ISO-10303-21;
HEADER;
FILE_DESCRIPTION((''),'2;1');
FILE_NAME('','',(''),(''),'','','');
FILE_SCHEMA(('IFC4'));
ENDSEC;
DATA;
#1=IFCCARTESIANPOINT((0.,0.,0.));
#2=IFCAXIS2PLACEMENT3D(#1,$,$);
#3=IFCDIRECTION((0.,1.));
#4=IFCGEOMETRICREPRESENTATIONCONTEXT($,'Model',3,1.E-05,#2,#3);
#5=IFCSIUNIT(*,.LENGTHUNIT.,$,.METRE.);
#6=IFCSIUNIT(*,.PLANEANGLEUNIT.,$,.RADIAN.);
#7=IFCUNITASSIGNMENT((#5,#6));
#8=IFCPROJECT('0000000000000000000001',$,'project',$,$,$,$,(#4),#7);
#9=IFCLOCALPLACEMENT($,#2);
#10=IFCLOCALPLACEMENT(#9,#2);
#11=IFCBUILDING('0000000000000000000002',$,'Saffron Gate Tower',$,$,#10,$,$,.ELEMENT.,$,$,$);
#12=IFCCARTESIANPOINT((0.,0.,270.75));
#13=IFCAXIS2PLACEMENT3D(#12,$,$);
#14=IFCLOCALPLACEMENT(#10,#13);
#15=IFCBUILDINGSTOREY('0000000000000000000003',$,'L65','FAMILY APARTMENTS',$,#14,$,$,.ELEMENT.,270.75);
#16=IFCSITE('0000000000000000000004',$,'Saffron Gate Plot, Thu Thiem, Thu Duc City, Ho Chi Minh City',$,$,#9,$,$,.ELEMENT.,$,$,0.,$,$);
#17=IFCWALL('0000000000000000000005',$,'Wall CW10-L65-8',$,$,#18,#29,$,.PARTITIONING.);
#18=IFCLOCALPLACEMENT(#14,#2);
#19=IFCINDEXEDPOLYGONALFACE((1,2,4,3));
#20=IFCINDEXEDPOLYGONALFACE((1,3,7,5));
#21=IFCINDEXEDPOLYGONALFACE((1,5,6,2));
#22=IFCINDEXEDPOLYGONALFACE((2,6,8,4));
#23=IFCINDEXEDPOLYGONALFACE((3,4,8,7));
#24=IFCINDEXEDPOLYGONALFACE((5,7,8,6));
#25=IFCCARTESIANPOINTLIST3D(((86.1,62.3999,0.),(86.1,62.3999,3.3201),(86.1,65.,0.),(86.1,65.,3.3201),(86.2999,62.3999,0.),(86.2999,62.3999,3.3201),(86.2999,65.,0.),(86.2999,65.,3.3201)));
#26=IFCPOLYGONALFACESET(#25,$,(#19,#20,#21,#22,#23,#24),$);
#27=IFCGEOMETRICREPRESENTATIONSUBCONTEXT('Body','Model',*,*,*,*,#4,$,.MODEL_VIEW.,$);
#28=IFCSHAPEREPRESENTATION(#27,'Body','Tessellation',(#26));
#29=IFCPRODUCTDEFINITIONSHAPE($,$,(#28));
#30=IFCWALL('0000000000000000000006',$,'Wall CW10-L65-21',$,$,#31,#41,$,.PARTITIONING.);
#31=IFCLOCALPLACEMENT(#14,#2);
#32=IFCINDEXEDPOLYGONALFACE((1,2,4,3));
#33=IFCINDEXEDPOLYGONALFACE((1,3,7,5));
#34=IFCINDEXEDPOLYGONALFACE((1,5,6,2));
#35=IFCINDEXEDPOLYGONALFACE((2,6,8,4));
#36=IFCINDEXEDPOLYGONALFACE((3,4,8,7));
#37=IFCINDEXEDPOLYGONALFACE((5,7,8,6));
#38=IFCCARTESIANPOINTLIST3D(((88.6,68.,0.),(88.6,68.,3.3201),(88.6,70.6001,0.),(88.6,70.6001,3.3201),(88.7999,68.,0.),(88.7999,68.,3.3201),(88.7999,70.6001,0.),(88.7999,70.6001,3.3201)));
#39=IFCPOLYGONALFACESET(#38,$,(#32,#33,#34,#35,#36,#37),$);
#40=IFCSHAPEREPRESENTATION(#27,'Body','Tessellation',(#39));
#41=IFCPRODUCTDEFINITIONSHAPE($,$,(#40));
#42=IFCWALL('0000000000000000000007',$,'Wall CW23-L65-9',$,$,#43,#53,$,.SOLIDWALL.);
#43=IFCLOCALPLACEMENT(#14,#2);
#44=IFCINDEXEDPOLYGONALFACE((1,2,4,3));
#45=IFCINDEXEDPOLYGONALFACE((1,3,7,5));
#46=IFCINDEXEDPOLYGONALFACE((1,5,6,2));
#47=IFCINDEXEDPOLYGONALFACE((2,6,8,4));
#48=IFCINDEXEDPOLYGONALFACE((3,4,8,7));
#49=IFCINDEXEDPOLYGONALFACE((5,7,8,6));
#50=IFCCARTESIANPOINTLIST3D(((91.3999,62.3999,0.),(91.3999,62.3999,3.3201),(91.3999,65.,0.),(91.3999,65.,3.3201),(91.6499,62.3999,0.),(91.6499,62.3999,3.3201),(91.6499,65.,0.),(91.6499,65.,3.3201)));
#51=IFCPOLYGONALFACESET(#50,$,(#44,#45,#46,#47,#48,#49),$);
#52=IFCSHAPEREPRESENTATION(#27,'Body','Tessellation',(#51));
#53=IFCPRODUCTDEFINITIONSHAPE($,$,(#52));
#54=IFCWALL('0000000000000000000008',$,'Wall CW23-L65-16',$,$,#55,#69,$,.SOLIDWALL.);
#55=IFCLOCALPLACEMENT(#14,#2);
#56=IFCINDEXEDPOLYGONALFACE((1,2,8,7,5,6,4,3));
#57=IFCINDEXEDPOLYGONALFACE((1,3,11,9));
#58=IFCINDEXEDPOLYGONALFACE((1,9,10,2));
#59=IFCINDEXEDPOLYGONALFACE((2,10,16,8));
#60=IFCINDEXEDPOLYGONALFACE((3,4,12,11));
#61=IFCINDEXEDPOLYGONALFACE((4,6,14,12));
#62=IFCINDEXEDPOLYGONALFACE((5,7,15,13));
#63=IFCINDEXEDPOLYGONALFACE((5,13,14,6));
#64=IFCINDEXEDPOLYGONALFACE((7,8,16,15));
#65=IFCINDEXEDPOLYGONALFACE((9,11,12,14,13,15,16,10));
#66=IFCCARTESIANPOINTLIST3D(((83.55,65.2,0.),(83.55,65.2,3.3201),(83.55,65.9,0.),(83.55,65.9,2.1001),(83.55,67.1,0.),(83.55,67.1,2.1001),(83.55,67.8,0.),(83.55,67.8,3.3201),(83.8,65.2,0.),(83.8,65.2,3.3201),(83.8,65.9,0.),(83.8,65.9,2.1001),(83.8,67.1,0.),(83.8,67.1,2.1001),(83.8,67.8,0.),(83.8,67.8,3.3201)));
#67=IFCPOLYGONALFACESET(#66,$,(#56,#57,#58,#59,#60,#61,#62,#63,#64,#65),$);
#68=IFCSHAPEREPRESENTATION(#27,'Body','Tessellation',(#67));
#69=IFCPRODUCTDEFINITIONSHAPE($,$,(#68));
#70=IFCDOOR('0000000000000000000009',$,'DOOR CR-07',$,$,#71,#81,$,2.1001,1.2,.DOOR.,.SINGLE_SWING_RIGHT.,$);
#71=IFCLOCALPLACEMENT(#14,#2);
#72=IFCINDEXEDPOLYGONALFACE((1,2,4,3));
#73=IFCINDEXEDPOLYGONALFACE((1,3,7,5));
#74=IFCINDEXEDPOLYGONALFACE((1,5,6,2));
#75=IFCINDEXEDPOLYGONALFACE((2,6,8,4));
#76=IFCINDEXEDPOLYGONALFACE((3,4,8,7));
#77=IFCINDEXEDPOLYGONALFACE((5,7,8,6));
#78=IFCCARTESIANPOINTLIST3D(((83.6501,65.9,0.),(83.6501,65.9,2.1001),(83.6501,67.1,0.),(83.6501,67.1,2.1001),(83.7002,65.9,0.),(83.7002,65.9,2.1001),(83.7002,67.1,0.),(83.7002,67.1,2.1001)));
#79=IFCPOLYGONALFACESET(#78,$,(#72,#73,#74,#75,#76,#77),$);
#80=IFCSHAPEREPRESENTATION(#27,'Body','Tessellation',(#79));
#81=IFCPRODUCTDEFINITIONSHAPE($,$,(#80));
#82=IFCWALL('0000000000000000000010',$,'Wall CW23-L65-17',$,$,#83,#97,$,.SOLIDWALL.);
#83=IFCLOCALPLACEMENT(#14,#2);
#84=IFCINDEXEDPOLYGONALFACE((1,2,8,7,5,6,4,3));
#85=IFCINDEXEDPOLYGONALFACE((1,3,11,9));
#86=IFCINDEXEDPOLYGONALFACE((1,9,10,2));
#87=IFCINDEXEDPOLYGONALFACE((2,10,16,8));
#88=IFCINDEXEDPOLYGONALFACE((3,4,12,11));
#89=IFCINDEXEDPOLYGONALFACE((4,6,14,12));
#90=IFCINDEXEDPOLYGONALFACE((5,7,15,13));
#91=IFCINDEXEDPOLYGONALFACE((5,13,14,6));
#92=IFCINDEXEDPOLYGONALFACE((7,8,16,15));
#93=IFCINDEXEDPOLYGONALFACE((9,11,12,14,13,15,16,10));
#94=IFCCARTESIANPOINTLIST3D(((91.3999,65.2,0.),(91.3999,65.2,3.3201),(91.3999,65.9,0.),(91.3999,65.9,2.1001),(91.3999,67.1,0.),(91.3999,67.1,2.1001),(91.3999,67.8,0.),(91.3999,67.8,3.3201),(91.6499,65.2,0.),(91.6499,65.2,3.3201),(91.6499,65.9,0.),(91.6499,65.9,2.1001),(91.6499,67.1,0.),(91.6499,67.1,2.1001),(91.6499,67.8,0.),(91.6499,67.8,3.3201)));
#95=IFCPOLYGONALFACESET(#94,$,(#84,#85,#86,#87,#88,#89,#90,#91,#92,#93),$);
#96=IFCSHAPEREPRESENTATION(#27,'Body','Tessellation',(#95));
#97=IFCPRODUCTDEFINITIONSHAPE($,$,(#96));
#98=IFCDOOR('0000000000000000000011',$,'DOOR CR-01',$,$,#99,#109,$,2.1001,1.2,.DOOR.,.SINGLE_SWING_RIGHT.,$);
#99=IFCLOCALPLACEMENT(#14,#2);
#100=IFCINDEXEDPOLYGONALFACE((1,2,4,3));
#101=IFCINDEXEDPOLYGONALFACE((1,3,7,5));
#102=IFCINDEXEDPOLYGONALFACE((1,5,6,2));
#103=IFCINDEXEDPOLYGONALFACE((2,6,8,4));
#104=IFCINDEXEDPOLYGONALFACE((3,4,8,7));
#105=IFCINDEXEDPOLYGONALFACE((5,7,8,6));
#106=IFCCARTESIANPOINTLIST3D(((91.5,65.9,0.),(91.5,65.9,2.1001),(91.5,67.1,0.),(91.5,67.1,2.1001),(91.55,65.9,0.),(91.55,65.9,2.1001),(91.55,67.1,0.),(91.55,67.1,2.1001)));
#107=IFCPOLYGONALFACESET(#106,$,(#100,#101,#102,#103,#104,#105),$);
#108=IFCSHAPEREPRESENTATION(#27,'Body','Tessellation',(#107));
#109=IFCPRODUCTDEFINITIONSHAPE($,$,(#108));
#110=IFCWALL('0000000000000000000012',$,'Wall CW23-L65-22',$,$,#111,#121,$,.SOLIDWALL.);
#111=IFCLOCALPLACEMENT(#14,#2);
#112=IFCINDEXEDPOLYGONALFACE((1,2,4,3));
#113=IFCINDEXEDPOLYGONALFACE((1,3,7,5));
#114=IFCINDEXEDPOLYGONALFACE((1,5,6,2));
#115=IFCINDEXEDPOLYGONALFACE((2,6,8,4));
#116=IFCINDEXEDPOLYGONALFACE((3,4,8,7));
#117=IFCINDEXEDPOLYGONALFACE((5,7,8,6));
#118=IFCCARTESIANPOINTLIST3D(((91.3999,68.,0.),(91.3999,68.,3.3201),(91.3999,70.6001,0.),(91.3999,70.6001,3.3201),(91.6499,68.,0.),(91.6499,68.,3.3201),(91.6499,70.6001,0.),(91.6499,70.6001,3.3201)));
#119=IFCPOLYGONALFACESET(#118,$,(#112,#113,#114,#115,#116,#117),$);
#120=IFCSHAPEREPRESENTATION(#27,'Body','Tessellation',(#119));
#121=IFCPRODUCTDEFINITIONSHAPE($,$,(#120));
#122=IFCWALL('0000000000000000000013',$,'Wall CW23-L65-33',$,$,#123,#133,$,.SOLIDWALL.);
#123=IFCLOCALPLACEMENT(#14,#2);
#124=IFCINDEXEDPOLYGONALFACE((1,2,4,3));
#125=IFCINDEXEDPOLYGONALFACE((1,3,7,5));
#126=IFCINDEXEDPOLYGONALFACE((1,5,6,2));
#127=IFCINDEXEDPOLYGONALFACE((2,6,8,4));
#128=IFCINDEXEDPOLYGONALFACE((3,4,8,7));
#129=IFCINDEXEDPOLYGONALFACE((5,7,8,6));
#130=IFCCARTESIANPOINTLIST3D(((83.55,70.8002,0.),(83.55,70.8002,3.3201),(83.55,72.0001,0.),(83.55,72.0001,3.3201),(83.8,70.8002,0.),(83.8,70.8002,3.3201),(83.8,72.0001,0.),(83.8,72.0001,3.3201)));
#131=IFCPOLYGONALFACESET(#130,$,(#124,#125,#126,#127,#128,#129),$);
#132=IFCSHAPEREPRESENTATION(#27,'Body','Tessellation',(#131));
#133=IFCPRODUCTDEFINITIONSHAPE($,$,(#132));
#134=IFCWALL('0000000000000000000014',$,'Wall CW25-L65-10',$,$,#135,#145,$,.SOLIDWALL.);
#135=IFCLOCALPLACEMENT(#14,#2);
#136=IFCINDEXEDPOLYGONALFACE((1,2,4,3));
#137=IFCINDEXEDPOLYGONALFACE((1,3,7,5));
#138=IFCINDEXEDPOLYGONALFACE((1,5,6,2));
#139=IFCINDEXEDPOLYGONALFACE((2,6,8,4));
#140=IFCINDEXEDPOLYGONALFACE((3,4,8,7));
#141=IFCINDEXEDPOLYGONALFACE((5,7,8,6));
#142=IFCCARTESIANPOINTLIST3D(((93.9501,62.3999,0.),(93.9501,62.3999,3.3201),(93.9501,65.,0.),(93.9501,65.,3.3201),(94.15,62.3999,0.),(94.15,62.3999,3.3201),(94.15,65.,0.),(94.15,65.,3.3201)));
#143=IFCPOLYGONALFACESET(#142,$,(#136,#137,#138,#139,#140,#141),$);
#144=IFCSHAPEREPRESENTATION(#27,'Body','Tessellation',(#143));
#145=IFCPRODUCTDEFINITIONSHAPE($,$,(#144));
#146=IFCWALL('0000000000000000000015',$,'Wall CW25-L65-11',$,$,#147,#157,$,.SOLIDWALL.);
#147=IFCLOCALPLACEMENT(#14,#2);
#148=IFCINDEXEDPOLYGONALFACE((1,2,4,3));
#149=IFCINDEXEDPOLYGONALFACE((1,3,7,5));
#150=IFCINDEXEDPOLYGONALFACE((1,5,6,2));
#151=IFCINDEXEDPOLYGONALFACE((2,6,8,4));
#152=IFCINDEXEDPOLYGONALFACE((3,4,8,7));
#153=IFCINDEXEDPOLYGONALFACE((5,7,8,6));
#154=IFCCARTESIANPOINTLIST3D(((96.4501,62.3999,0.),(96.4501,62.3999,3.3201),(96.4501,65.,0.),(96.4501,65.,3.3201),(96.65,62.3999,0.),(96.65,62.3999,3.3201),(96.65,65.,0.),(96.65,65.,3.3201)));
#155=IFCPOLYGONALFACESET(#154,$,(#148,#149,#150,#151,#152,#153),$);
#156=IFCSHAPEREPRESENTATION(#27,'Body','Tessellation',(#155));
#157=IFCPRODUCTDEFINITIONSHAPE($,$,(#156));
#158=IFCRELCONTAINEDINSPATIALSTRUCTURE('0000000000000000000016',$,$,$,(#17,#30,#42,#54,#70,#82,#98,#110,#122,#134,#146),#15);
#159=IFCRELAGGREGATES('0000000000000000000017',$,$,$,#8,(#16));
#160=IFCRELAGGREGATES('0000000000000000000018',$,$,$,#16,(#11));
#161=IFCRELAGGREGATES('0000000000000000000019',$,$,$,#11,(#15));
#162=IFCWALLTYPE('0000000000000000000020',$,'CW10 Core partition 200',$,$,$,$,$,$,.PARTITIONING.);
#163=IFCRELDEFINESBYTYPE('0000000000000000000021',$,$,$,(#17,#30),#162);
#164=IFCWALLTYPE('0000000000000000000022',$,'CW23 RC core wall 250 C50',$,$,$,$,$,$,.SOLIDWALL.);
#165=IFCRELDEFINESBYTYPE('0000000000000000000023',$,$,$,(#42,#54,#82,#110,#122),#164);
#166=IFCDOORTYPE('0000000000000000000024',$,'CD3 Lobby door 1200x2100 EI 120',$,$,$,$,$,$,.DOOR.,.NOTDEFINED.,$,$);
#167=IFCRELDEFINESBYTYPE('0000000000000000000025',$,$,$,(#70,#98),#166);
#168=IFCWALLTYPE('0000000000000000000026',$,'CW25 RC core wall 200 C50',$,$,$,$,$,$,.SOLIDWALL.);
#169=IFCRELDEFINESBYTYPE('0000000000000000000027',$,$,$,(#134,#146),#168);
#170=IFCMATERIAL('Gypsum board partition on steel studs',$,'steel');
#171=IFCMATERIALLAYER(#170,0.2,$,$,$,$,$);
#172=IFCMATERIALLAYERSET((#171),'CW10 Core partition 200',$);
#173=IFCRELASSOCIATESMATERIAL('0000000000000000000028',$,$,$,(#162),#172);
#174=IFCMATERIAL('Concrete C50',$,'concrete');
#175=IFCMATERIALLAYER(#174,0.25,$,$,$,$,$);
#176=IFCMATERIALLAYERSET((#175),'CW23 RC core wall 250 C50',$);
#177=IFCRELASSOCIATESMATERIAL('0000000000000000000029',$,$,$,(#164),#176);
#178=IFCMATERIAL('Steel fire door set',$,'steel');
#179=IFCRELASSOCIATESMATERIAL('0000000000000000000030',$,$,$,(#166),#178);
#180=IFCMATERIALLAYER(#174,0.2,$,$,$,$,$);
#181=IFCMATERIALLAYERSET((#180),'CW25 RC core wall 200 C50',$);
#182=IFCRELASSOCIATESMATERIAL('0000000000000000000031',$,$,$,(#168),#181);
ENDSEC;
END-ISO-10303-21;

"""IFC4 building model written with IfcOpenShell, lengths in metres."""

from ifc_helpers import new_model, si_unit, direction, frame, frame_2d, origin, place, context, subcontext, project, spatial, rectangle, extrude, material, layer, layer_set, type_object, element, fill, save


model = new_model("IFC4")

# Units and contexts
model_context = context("Model", 3, precision=1e-05, world=origin(), true_north=direction((0.0, 1.0)))
body_context = subcontext(model_context, "Body", "Model", "MODEL_VIEW")
ifc_project = project(units=[si_unit("LENGTHUNIT", "METRE"), si_unit("PLANEANGLEUNIT", "RADIAN")], contexts=[model_context])

# Site, building, storey
site_placement = place(None, origin())
site = spatial("IfcSite", under=ifc_project, at=site_placement, Name="Saffron Gate Plot, Thu Thiem, Thu Duc City, Ho Chi Minh City", CompositionType="ELEMENT", RefElevation=0.0)
building_placement = place(site_placement, origin())
building = spatial("IfcBuilding", under=site, at=building_placement, Name="Saffron Gate Tower", CompositionType="ELEMENT")
storey_placement = place(building_placement, frame((0.0, 0.0, 270.75)))
storey = spatial("IfcBuildingStorey", under=building, at=storey_placement, Name="L65", Description="FAMILY APARTMENTS", CompositionType="ELEMENT", Elevation=270.75)

# Walls
ifc_material_1 = material(Name="Gypsum board partition on steel studs", Category="steel")
ifc_layer_1 = layer(ifc_material_1, 0.2)
ifc_layer_set_1 = layer_set([ifc_layer_1], Name="CW10 Core partition 200")
wall_type_1 = type_object("IfcWallType", Name="CW10 Core partition 200", PredefinedType="PARTITIONING", material=ifc_layer_set_1)
for number, where, z_axis, x_axis, name in (
    (1, (86.2, 62.3999, 0.0), (0.0, 0.0, 1.0), (0.0, 1.0, 0.0), "Wall CW10-L65-8"),
    (2, (88.7, 68.0, 0.0), (0.0, 0.0, 1.0), (0.0, 1.0, 0.0), "Wall CW10-L65-21"),
):
    element("IfcWall", number, at=place(storey_placement, frame(where, z_axis=z_axis, x_axis=x_axis)), inside=storey, type_object=wall_type_1, Name=name, PredefinedType="PARTITIONING", context=body_context, shape_type="SweptSolid", body=[
        extrude(rectangle(XDim=2.6001, YDim=0.2, at=frame_2d((1.3, 0.0))), origin(), (0.0, 0.0, 1.0), 3.3201),
    ])
ifc_material_2 = material(Name="Concrete C50", Category="concrete")
ifc_layer_2 = layer(ifc_material_2, 0.25)
ifc_layer_set_2 = layer_set([ifc_layer_2], Name="CW23 RC core wall 250 C50")
wall_type_2 = type_object("IfcWallType", Name="CW23 RC core wall 250 C50", PredefinedType="SOLIDWALL", material=ifc_layer_set_2)
wall_1_placement = place(storey_placement, frame((91.5249, 62.3999, 0.0), z_axis=(0.0, 0.0, 1.0), x_axis=(0.0, 1.0, 0.0)))
element("IfcWall", 3, at=wall_1_placement, inside=storey, type_object=wall_type_2, Name="Wall CW23-L65-9", PredefinedType="SOLIDWALL", context=body_context, shape_type="SweptSolid", body=[
    extrude(rectangle(XDim=2.6001, YDim=0.25, at=frame_2d((1.3, 0.0))), origin(), (0.0, 0.0, 1.0), 3.3201),
])

# Walls, openings, doors
wall_2_placement = place(storey_placement, frame((83.675, 65.2, 0.0), z_axis=(0.0, 0.0, 1.0), x_axis=(0.0, 1.0, 0.0)))
wall_2 = element("IfcWall", 4, at=wall_2_placement, inside=storey, type_object=wall_type_2, Name="Wall CW23-L65-16", PredefinedType="SOLIDWALL", context=body_context, shape_type="SweptSolid", body=[
    extrude(rectangle(XDim=2.6001, YDim=0.25, at=frame_2d((1.3, 0.0))), origin(), (0.0, 0.0, 1.0), 3.3201),
])
opening_1_placement = place(wall_2_placement, frame((0.7, 0.0, 0.0)))
opening_1 = element("IfcOpeningElement", 5, at=opening_1_placement, cuts=wall_2, PredefinedType="OPENING", context=body_context, shape_type="SweptSolid", body=[
    extrude(rectangle(XDim=1.2, YDim=2.1001, at=frame_2d((0.6001, 1.05))), frame((0.0, 0.135, 0.0), z_axis=(0.0, -1.0, 0.0), x_axis=(1.0, 0.0, 0.0)), (0.0, 0.0, 1.0), 0.27),
])
ifc_material_3 = material(Name="Steel fire door set", Category="steel")
door_type_1 = type_object("IfcDoorType", Name="CD3 Lobby door 1200x2100 EI 120", OperationType="NOTDEFINED", PredefinedType="DOOR", material=ifc_material_3)
door_1_placement = place(opening_1_placement, origin())
door_1 = element("IfcDoor", 6, at=door_1_placement, inside=storey, type_object=door_type_1, Name="DOOR CR-07", OperationType="SINGLE_SWING_RIGHT", OverallHeight=2.1001, OverallWidth=1.2, PredefinedType="DOOR", context=body_context, shape_type="SweptSolid", body=[
    extrude(rectangle(XDim=1.2, YDim=2.1001, at=frame_2d((0.6001, 1.05))), frame((0.0, 0.0249, 0.0), z_axis=(0.0, -1.0, 0.0), x_axis=(1.0, 0.0, 0.0)), (0.0, 0.0, 1.0), 0.05),
])
fill(opening_1, door_1)
wall_3_placement = place(storey_placement, frame((91.5249, 65.2, 0.0), z_axis=(0.0, 0.0, 1.0), x_axis=(0.0, 1.0, 0.0)))
wall_3 = element("IfcWall", 7, at=wall_3_placement, inside=storey, type_object=wall_type_2, Name="Wall CW23-L65-17", PredefinedType="SOLIDWALL", context=body_context, shape_type="SweptSolid", body=[
    extrude(rectangle(XDim=2.6001, YDim=0.25, at=frame_2d((1.3, 0.0))), origin(), (0.0, 0.0, 1.0), 3.3201),
])
opening_2_placement = place(wall_3_placement, frame((0.7, 0.0, 0.0)))
opening_2 = element("IfcOpeningElement", 8, at=opening_2_placement, cuts=wall_3, PredefinedType="OPENING", context=body_context, shape_type="SweptSolid", body=[
    extrude(rectangle(XDim=1.2, YDim=2.1001, at=frame_2d((0.6001, 1.05))), frame((0.0, 0.135, 0.0), z_axis=(0.0, -1.0, 0.0), x_axis=(1.0, 0.0, 0.0)), (0.0, 0.0, 1.0), 0.27),
])
door_2_placement = place(opening_2_placement, origin())
door_2 = element("IfcDoor", 9, at=door_2_placement, inside=storey, type_object=door_type_1, Name="DOOR CR-01", OperationType="SINGLE_SWING_RIGHT", OverallHeight=2.1001, OverallWidth=1.2, PredefinedType="DOOR", context=body_context, shape_type="SweptSolid", body=[
    extrude(rectangle(XDim=1.2, YDim=2.1001, at=frame_2d((0.6001, 1.05))), frame((0.0, 0.0249, 0.0), z_axis=(0.0, -1.0, 0.0), x_axis=(1.0, 0.0, 0.0)), (0.0, 0.0, 1.0), 0.05),
])
fill(opening_2, door_2)

# Walls
wall_4_placement = place(storey_placement, frame((91.5249, 68.0, 0.0), z_axis=(0.0, 0.0, 1.0), x_axis=(0.0, 1.0, 0.0)))
element("IfcWall", 10, at=wall_4_placement, inside=storey, type_object=wall_type_2, Name="Wall CW23-L65-22", PredefinedType="SOLIDWALL", context=body_context, shape_type="SweptSolid", body=[
    extrude(rectangle(XDim=2.6001, YDim=0.25, at=frame_2d((1.3, 0.0))), origin(), (0.0, 0.0, 1.0), 3.3201),
])
wall_5_placement = place(storey_placement, frame((83.675, 70.8, 0.0), z_axis=(0.0, 0.0, 1.0), x_axis=(0.0, 1.0, 0.0)))
element("IfcWall", 11, at=wall_5_placement, inside=storey, type_object=wall_type_2, Name="Wall CW23-L65-33", PredefinedType="SOLIDWALL", context=body_context, shape_type="SweptSolid", body=[
    extrude(rectangle(XDim=1.2, YDim=0.25, at=frame_2d((0.6001, 0.0))), origin(), (0.0, 0.0, 1.0), 3.3201),
])
ifc_layer_3 = layer(ifc_material_2, 0.2)
ifc_layer_set_3 = layer_set([ifc_layer_3], Name="CW25 RC core wall 200 C50")
wall_type_3 = type_object("IfcWallType", Name="CW25 RC core wall 200 C50", PredefinedType="SOLIDWALL", material=ifc_layer_set_3)
for number, where, z_axis, x_axis, name in (
    (12, (94.05, 62.3999, 0.0), (0.0, 0.0, 1.0), (0.0, 1.0, 0.0), "Wall CW25-L65-10"),
    (13, (96.55, 62.3999, 0.0), (0.0, 0.0, 1.0), (0.0, 1.0, 0.0), "Wall CW25-L65-11"),
):
    element("IfcWall", number, at=place(storey_placement, frame(where, z_axis=z_axis, x_axis=x_axis)), inside=storey, type_object=wall_type_3, Name=name, PredefinedType="SOLIDWALL", context=body_context, shape_type="SweptSolid", body=[
        extrude(rectangle(XDim=2.6001, YDim=0.2, at=frame_2d((1.3, 0.0))), origin(), (0.0, 0.0, 1.0), 3.3201),
    ])

save(model, "model.ifc")
